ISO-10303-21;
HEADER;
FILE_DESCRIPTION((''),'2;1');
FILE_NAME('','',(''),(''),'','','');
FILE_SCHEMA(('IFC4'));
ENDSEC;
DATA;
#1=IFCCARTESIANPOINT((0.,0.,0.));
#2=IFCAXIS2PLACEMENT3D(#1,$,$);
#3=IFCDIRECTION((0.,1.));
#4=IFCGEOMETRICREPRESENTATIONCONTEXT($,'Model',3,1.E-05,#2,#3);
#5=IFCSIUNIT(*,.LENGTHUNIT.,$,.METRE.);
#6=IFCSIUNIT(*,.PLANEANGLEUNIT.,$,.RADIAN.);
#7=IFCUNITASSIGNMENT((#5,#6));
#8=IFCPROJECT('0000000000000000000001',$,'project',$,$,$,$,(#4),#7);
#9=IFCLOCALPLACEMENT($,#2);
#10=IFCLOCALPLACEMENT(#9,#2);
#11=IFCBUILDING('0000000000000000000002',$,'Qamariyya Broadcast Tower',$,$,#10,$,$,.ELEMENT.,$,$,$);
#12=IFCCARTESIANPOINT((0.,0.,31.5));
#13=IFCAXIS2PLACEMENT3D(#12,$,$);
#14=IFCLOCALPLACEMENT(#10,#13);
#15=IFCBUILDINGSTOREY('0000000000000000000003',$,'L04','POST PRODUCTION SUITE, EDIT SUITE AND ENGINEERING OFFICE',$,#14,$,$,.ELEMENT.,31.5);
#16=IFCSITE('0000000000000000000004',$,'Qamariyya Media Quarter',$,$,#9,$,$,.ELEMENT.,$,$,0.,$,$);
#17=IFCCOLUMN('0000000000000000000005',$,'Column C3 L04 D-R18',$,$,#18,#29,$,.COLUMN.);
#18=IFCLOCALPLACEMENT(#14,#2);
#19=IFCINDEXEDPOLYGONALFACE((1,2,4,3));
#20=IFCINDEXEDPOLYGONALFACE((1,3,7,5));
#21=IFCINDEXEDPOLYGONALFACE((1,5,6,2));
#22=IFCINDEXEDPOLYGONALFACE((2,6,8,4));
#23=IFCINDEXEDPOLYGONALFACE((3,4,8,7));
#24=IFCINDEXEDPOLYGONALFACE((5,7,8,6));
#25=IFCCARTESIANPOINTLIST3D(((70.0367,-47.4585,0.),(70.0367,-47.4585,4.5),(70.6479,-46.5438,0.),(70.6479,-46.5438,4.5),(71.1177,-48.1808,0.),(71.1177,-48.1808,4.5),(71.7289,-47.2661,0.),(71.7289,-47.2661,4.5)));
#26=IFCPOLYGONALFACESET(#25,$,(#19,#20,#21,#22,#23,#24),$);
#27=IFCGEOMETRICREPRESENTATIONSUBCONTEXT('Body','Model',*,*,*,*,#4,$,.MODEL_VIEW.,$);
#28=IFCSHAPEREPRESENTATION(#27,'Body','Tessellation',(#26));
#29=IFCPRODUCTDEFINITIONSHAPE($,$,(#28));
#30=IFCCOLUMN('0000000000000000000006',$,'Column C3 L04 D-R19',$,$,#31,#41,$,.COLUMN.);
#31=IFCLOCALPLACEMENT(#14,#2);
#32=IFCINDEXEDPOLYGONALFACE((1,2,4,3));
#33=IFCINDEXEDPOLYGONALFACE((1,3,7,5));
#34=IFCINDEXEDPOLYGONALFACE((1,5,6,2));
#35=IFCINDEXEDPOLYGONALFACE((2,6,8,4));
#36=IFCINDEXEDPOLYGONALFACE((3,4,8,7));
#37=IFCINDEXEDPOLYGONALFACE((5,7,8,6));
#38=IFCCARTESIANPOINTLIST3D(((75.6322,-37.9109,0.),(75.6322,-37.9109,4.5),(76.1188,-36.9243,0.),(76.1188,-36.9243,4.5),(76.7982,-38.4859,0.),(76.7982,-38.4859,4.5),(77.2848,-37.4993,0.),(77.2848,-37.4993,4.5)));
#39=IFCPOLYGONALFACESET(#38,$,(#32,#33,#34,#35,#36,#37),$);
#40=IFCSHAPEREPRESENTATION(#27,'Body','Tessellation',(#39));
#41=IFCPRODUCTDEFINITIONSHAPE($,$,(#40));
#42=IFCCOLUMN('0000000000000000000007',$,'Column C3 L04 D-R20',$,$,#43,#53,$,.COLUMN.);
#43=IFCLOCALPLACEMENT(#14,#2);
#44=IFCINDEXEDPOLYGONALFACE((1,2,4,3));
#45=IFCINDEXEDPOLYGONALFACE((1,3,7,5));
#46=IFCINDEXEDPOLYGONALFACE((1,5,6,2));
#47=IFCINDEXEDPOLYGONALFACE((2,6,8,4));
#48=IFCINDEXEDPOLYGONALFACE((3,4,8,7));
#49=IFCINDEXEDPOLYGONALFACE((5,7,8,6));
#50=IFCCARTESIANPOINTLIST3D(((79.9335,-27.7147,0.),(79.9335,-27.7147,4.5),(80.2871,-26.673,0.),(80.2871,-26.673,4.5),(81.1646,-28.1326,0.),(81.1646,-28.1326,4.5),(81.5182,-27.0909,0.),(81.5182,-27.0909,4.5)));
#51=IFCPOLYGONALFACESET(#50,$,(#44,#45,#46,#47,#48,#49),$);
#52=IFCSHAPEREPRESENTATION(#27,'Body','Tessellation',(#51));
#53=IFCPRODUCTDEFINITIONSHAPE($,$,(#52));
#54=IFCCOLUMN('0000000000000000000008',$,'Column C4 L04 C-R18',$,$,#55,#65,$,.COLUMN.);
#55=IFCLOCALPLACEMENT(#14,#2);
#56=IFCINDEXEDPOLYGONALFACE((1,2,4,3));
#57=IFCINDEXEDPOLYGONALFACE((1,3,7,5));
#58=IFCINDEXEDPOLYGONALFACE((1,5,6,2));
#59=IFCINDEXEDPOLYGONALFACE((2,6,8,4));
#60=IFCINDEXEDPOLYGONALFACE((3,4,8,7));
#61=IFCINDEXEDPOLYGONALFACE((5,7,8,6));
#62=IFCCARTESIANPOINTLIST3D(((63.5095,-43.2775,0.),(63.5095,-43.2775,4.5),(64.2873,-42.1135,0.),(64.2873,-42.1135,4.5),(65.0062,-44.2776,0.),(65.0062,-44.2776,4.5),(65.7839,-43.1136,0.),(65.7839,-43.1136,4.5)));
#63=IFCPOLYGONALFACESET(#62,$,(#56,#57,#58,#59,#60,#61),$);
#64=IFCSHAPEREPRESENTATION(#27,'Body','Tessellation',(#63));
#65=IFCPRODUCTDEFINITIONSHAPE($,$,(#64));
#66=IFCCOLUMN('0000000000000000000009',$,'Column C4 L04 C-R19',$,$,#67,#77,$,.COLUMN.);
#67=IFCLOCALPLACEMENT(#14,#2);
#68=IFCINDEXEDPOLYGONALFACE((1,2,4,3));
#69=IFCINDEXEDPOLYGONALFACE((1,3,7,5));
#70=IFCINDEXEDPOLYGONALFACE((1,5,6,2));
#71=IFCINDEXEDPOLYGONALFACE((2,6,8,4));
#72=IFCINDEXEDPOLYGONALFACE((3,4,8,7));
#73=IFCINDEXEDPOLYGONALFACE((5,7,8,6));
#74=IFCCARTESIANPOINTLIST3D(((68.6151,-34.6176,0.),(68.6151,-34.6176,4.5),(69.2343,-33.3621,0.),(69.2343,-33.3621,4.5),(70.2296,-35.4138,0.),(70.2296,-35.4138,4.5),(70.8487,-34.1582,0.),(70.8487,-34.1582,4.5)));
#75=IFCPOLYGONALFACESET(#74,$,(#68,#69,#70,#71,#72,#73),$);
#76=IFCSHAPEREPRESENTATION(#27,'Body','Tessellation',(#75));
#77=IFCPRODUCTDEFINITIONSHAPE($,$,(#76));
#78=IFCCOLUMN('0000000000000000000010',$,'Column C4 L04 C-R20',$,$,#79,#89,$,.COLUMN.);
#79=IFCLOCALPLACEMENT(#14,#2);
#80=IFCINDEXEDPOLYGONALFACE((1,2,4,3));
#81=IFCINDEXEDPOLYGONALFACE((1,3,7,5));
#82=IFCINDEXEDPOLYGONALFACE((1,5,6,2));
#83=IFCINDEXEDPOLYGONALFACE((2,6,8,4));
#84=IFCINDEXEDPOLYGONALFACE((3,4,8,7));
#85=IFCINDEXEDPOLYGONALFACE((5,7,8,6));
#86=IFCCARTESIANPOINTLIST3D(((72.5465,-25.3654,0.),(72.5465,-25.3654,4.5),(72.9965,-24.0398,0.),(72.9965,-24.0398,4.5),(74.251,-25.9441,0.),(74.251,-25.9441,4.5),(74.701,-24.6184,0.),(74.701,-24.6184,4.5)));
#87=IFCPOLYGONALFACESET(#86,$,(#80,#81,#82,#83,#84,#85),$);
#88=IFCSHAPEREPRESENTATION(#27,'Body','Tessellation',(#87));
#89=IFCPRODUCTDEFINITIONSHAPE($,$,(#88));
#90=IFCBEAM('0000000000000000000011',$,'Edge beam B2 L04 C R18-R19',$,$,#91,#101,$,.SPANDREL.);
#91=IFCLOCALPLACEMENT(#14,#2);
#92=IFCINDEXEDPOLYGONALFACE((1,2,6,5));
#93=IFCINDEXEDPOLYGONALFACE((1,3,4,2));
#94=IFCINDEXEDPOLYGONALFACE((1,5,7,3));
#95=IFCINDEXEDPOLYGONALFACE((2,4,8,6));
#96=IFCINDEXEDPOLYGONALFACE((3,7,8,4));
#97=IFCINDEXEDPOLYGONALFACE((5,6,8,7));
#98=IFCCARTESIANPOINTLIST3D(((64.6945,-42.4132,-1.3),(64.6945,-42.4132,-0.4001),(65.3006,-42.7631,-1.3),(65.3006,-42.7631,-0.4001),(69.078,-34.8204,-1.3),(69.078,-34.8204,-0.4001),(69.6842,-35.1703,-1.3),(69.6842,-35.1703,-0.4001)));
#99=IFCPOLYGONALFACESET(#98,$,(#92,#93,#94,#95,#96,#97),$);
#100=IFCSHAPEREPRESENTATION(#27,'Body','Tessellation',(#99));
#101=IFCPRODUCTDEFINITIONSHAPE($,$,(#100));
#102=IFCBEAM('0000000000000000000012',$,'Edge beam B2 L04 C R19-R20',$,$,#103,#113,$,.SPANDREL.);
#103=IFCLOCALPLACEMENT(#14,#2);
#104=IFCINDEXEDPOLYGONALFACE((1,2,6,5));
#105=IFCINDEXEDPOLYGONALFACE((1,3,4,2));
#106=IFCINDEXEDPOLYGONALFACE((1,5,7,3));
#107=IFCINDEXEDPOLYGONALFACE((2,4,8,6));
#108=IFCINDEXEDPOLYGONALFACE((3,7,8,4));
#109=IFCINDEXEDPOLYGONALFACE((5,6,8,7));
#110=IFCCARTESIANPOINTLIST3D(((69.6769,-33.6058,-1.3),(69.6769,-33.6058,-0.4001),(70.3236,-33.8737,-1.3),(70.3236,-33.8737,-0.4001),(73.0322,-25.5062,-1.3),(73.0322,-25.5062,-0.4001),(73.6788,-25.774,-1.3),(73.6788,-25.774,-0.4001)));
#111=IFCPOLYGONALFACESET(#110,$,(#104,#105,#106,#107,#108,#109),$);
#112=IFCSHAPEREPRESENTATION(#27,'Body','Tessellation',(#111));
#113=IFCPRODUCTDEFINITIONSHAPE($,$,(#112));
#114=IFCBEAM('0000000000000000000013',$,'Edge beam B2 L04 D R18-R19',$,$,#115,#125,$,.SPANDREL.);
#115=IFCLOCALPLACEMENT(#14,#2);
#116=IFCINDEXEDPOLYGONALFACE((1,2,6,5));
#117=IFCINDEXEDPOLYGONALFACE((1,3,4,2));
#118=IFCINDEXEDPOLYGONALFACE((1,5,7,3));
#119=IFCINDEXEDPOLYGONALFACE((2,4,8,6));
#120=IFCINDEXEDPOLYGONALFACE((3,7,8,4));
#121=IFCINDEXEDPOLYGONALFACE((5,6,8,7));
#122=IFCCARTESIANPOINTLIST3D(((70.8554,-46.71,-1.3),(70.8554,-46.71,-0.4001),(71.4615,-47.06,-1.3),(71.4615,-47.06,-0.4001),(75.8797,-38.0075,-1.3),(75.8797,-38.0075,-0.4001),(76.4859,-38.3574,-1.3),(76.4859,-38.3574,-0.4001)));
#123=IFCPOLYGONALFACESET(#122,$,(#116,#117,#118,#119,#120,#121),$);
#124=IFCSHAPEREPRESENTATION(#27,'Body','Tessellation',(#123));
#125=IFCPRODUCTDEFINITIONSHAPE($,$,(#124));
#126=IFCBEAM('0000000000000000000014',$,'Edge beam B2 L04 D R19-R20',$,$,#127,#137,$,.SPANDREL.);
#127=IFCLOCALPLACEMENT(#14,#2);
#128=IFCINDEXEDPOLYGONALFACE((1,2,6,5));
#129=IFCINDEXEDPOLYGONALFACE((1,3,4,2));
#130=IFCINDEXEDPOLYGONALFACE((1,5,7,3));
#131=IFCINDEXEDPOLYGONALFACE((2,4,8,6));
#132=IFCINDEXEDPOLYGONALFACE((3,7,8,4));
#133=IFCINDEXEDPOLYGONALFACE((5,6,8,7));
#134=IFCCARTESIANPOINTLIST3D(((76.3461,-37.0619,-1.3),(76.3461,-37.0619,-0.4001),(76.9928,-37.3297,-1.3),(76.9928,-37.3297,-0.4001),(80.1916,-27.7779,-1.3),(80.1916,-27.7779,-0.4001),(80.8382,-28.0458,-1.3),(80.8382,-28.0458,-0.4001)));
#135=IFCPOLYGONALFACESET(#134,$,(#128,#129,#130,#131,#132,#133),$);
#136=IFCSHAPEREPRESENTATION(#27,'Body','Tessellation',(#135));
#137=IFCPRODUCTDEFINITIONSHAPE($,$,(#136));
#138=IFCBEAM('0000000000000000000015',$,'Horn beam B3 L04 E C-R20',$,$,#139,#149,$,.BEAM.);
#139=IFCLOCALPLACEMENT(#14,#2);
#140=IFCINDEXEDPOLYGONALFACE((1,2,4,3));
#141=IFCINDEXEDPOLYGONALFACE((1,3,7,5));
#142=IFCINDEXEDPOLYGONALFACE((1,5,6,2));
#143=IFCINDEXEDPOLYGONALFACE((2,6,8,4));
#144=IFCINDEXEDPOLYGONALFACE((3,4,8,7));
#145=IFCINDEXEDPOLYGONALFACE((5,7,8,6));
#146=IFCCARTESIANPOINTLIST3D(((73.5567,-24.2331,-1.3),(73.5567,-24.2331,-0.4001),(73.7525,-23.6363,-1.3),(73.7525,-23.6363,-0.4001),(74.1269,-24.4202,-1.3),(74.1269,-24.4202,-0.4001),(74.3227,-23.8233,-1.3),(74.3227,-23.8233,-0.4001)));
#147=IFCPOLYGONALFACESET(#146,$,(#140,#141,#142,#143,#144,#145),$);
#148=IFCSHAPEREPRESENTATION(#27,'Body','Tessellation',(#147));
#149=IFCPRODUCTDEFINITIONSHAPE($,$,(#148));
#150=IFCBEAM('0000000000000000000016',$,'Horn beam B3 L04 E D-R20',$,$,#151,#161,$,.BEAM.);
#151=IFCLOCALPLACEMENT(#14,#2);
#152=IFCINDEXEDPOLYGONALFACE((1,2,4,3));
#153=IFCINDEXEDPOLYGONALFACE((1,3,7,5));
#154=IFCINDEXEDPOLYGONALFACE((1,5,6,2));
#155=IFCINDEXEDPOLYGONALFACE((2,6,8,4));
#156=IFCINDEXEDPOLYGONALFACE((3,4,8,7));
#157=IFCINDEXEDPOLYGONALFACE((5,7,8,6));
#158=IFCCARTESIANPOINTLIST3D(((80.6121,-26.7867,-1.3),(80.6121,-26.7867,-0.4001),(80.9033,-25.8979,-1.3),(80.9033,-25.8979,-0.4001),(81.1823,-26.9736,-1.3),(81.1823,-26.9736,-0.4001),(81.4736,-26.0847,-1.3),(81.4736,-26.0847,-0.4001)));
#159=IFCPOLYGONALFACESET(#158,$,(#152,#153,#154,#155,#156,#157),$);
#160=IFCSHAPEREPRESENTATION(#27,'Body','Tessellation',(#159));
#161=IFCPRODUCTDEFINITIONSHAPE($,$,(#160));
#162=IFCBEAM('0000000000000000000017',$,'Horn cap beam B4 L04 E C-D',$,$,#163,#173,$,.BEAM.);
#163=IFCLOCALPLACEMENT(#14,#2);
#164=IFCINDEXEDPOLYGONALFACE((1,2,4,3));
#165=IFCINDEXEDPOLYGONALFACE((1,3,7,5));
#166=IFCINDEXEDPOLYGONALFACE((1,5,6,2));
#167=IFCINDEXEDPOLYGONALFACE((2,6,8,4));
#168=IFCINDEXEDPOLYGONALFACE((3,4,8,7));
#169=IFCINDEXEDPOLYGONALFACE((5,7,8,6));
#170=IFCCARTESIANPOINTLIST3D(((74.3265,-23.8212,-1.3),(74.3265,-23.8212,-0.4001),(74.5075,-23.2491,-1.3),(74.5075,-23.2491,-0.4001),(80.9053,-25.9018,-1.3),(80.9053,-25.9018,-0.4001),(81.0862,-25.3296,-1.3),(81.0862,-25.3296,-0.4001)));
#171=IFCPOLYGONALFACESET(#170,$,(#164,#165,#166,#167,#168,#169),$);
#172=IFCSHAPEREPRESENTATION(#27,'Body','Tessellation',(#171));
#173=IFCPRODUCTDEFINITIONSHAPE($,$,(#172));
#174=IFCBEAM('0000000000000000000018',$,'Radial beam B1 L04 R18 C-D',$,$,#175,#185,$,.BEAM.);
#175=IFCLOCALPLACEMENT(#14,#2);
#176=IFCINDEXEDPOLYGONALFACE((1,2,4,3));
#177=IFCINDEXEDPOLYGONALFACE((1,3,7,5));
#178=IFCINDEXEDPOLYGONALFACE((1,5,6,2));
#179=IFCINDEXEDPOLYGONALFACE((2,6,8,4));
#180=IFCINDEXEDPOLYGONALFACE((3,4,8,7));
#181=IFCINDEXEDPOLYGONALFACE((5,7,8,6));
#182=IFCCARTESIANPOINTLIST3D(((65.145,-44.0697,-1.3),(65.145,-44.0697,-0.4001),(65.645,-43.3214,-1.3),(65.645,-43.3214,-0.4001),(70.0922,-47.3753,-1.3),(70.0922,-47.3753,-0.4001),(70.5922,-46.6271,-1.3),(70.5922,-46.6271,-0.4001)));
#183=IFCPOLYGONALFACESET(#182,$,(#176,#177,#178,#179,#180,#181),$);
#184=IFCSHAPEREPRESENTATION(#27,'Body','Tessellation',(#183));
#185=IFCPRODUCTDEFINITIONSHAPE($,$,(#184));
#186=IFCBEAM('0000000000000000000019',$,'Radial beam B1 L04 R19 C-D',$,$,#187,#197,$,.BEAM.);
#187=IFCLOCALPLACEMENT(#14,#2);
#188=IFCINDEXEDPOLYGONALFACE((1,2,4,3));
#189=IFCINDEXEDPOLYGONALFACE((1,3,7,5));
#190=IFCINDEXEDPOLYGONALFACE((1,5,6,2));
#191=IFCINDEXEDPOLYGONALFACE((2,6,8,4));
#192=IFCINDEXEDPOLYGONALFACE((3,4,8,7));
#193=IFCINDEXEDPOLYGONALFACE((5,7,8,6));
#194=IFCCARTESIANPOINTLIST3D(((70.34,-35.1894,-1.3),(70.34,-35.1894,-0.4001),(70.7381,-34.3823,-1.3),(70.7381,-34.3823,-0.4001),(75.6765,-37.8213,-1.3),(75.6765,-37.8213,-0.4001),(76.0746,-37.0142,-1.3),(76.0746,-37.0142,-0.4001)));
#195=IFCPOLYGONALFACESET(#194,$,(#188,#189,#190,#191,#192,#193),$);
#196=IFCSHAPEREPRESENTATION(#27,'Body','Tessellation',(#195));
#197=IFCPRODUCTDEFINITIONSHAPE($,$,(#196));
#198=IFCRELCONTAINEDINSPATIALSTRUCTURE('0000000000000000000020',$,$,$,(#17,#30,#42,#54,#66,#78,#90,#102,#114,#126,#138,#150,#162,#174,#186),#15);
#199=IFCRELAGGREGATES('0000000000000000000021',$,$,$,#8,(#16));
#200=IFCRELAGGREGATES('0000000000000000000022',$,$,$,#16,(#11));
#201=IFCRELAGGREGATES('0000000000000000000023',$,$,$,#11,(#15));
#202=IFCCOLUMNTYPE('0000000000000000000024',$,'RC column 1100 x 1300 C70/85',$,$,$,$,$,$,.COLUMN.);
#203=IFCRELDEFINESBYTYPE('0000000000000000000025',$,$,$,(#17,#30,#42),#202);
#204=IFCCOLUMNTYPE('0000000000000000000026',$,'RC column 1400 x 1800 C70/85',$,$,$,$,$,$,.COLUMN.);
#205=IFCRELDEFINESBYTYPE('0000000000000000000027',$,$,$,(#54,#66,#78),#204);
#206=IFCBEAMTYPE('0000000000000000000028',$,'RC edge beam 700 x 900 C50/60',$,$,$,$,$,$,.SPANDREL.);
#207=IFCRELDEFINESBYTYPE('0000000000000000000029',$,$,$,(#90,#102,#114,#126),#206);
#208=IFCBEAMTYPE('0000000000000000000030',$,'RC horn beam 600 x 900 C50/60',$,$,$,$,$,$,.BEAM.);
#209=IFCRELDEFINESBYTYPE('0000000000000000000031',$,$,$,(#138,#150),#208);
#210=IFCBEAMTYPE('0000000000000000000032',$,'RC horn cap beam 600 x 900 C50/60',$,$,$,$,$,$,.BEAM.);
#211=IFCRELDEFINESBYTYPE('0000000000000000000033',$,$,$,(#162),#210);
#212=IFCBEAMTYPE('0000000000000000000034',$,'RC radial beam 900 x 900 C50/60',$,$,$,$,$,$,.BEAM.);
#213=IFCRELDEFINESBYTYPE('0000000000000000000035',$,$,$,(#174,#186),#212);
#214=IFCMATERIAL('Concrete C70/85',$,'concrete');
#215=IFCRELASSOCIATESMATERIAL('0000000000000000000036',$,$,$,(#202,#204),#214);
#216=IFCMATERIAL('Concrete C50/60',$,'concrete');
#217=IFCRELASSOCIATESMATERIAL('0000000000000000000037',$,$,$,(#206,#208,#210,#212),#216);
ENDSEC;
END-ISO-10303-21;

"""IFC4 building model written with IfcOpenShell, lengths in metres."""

from ifc_helpers import new_model, si_unit, direction, frame, origin, origin_2d, place, context, subcontext, project, spatial, rectangle, extrude, material, material_profile, profile_set, type_object, element, save


model = new_model("IFC4")

# Units and contexts
model_context = context("Model", 3, precision=1e-05, world=origin(), true_north=direction((0.0, 1.0)))
body_context = subcontext(model_context, "Body", "Model", "MODEL_VIEW")
ifc_project = project(units=[si_unit("LENGTHUNIT", "METRE"), si_unit("PLANEANGLEUNIT", "RADIAN")], contexts=[model_context])

# Site, building, storey
site_placement = place(None, origin())
site = spatial("IfcSite", under=ifc_project, at=site_placement, Name="Qamariyya Media Quarter", CompositionType="ELEMENT", RefElevation=0.0)
building_placement = place(site_placement, origin())
building = spatial("IfcBuilding", under=site, at=building_placement, Name="Qamariyya Broadcast Tower", CompositionType="ELEMENT")
storey_placement = place(building_placement, frame((0.0, 0.0, 31.5)))
storey = spatial("IfcBuildingStorey", under=building, at=storey_placement, Name="L04", Description="POST PRODUCTION SUITE, EDIT SUITE AND ENGINEERING OFFICE", CompositionType="ELEMENT", Elevation=31.5)

# Columns
ifc_material_1 = material(Name="Concrete C70/85", Category="concrete")
ifc_material_profile_1 = material_profile(ifc_material_1, rectangle(XDim=1.1001, YDim=1.3, at=origin_2d()))
ifc_profile_set_1 = profile_set([ifc_material_profile_1], Name="Concrete C70/85")
column_type_1 = type_object("IfcColumnType", Name="RC column 1100 x 1300 C70/85", PredefinedType="COLUMN", material=ifc_profile_set_1)
for number, where, z_axis, x_axis, name in (
    (1, (70.8828, -47.3623, 0.0), (0.0, 0.0, 1.0), (0.55557, 0.83147, 0.0), "Column C3 L04 D-R18"),
    (2, (76.4585, -37.7051, 0.0), (0.0, 0.0, 1.0), (0.442289, 0.896873, 0.0), "Column C3 L04 D-R19"),
    (3, (80.7258, -27.4028, 0.0), (0.0, 0.0, 1.0), (0.321439, 0.94693, 0.0), "Column C3 L04 D-R20"),
):
    element("IfcColumn", number, at=place(storey_placement, frame(where, z_axis=z_axis, x_axis=x_axis)), inside=storey, type_object=column_type_1, Name=name, PredefinedType="COLUMN", context=body_context, shape_type="SweptSolid", body=[
        extrude(rectangle(XDim=1.1001, YDim=1.3, at=origin_2d()), origin(), (0.0, 0.0, 1.0), 4.5),
    ])
ifc_material_profile_2 = material_profile(ifc_material_1, rectangle(XDim=1.3999, YDim=1.8, at=origin_2d()))
ifc_profile_set_2 = profile_set([ifc_material_profile_2], Name="Concrete C70/85")
column_type_2 = type_object("IfcColumnType", Name="RC column 1400 x 1800 C70/85", PredefinedType="COLUMN", material=ifc_profile_set_2)
for number, where, z_axis, x_axis, name in (
    (4, (64.6467, -43.1956, 0.0), (0.0, 0.0, 1.0), (0.55557, 0.83147, 0.0), "Column C4 L04 C-R18"),
    (5, (69.7319, -34.3879, 0.0), (0.0, 0.0, 1.0), (0.442289, 0.896873, 0.0), "Column C4 L04 C-R19"),
    (6, (73.6238, -24.9919, 0.0), (0.0, 0.0, 1.0), (0.321439, 0.94693, 0.0), "Column C4 L04 C-R20"),
):
    element("IfcColumn", number, at=place(storey_placement, frame(where, z_axis=z_axis, x_axis=x_axis)), inside=storey, type_object=column_type_2, Name=name, PredefinedType="COLUMN", context=body_context, shape_type="SweptSolid", body=[
        extrude(rectangle(XDim=1.3999, YDim=1.8, at=origin_2d()), origin(), (0.0, 0.0, 1.0), 4.5),
    ])

# Beams
ifc_material_2 = material(Name="Concrete C50/60", Category="concrete")
ifc_material_profile_3 = material_profile(ifc_material_2, rectangle(XDim=0.7, YDim=0.8999, at=origin_2d()))
ifc_profile_set_3 = profile_set([ifc_material_profile_3], Name="Concrete C50/60")
beam_type_1 = type_object("IfcBeamType", Name="RC edge beam 700 x 900 C50/60", PredefinedType="SPANDREL", material=ifc_profile_set_3)
beam_1_placement = place(storey_placement, frame((64.9976, -42.5881, -0.8501), z_axis=(0.499988, 0.866033, 0.0), x_axis=(-0.866033, 0.499988, 0.0)))
element("IfcBeam", 7, at=beam_1_placement, inside=storey, type_object=beam_type_1, Name="Edge beam B2 L04 C R18-R19", PredefinedType="SPANDREL", context=body_context, shape_type="SweptSolid", body=[
    extrude(rectangle(XDim=0.7, YDim=0.8999, at=origin_2d()), origin(), (0.0, 0.0, 1.0), 8.7673),
])
beam_2_placement = place(storey_placement, frame((70.0002, -33.7397, -0.8501), z_axis=(0.382708, 0.923869, 0.0), x_axis=(-0.923869, 0.382708, 0.0)))
element("IfcBeam", 8, at=beam_2_placement, inside=storey, type_object=beam_type_1, Name="Edge beam B2 L04 C R19-R20", PredefinedType="SPANDREL", context=body_context, shape_type="SweptSolid", body=[
    extrude(rectangle(XDim=0.7, YDim=0.8999, at=origin_2d()), origin(), (0.0, 0.0, 1.0), 8.7671),
])
for number, where, z_axis, x_axis, name in (
    (9, (71.1584, -46.885, -0.8501), (0.499996, 0.866028, 0.0), (-0.866028, 0.499996, 0.0), "Edge beam B2 L04 D R18-R19"),
    (10, (76.6694, -37.1958, -0.8501), (0.382677, 0.923882, 0.0), (-0.923882, 0.382677, 0.0), "Edge beam B2 L04 D R19-R20"),
):
    element("IfcBeam", number, at=place(storey_placement, frame(where, z_axis=z_axis, x_axis=x_axis)), inside=storey, type_object=beam_type_1, Name=name, PredefinedType="SPANDREL", context=body_context, shape_type="SweptSolid", body=[
        extrude(rectangle(XDim=0.7, YDim=0.8999, at=origin_2d()), origin(), (0.0, 0.0, 1.0), 10.0488),
    ])
ifc_material_profile_4 = material_profile(ifc_material_2, rectangle(XDim=0.6001, YDim=0.8999, at=origin_2d()))
ifc_profile_set_4 = profile_set([ifc_material_profile_4], Name="Concrete C50/60")
beam_type_2 = type_object("IfcBeamType", Name="RC horn beam 600 x 900 C50/60", PredefinedType="BEAM", material=ifc_profile_set_4)
beam_3_placement = place(storey_placement, frame((73.8418, -24.3267, -0.8501), z_axis=(0.311677, 0.950188, 0.0), x_axis=(-0.950188, 0.311677, 0.0)))
element("IfcBeam", 11, at=beam_3_placement, inside=storey, type_object=beam_type_2, Name="Horn beam B3 L04 E C-R20", PredefinedType="BEAM", context=body_context, shape_type="SweptSolid", body=[
    extrude(rectangle(XDim=0.6001, YDim=0.8999, at=origin_2d()), origin(), (0.0, 0.0, 1.0), 0.6282),
])
beam_4_placement = place(storey_placement, frame((80.8972, -26.8801, -0.8501), z_axis=(0.311369, 0.950289, 0.0), x_axis=(-0.950289, 0.311369, 0.0)))
element("IfcBeam", 12, at=beam_4_placement, inside=storey, type_object=beam_type_2, Name="Horn beam B3 L04 E D-R20", PredefinedType="BEAM", context=body_context, shape_type="SweptSolid", body=[
    extrude(rectangle(XDim=0.6001, YDim=0.8999, at=origin_2d()), origin(), (0.0, 0.0, 1.0), 0.9353),
])
ifc_material_profile_5 = material_profile(ifc_material_2, rectangle(XDim=0.6001, YDim=0.8999, at=origin_2d()))
ifc_profile_set_5 = profile_set([ifc_material_profile_5], Name="Concrete C50/60")
beam_type_3 = type_object("IfcBeamType", Name="RC horn cap beam 600 x 900 C50/60", PredefinedType="BEAM", material=ifc_profile_set_5)
beam_5_placement = place(storey_placement, frame((74.417, -23.5352, -0.8501), z_axis=(0.953456, -0.301531, 0.0), x_axis=(0.301531, 0.953456, 0.0)))
element("IfcBeam", 13, at=beam_5_placement, inside=storey, type_object=beam_type_3, Name="Horn cap beam B4 L04 E C-D", PredefinedType="BEAM", context=body_context, shape_type="SweptSolid", body=[
    extrude(rectangle(XDim=0.6001, YDim=0.8999, at=origin_2d()), origin(), (0.0, 0.0, 1.0), 6.8999),
])
ifc_material_profile_6 = material_profile(ifc_material_2, rectangle(XDim=0.8999, YDim=0.8999, at=origin_2d()))
ifc_profile_set_6 = profile_set([ifc_material_profile_6], Name="Concrete C50/60")
beam_type_4 = type_object("IfcBeamType", Name="RC radial beam 900 x 900 C50/60", PredefinedType="BEAM", material=ifc_profile_set_6)
beam_6_placement = place(storey_placement, frame((65.395, -43.6956, -0.8501), z_axis=(0.831469, -0.555571, 0.0), x_axis=(0.555571, 0.831469, 0.0)))
element("IfcBeam", 14, at=beam_6_placement, inside=storey, type_object=beam_type_4, Name="Radial beam B1 L04 R18 C-D", PredefinedType="BEAM", context=body_context, shape_type="SweptSolid", body=[
    extrude(rectangle(XDim=0.8999, YDim=0.8999, at=origin_2d()), origin(), (0.0, 0.0, 1.0), 5.95),
])
beam_7_placement = place(storey_placement, frame((70.5391, -34.7859, -0.8501), z_axis=(0.896859, -0.442316, 0.0), x_axis=(0.442316, 0.896859, 0.0)))
element("IfcBeam", 15, at=beam_7_placement, inside=storey, type_object=beam_type_4, Name="Radial beam B1 L04 R19 C-D", PredefinedType="BEAM", context=body_context, shape_type="SweptSolid", body=[
    extrude(rectangle(XDim=0.8999, YDim=0.8999, at=origin_2d()), origin(), (0.0, 0.0, 1.0), 5.9502),
])

save(model, "model.ifc")
